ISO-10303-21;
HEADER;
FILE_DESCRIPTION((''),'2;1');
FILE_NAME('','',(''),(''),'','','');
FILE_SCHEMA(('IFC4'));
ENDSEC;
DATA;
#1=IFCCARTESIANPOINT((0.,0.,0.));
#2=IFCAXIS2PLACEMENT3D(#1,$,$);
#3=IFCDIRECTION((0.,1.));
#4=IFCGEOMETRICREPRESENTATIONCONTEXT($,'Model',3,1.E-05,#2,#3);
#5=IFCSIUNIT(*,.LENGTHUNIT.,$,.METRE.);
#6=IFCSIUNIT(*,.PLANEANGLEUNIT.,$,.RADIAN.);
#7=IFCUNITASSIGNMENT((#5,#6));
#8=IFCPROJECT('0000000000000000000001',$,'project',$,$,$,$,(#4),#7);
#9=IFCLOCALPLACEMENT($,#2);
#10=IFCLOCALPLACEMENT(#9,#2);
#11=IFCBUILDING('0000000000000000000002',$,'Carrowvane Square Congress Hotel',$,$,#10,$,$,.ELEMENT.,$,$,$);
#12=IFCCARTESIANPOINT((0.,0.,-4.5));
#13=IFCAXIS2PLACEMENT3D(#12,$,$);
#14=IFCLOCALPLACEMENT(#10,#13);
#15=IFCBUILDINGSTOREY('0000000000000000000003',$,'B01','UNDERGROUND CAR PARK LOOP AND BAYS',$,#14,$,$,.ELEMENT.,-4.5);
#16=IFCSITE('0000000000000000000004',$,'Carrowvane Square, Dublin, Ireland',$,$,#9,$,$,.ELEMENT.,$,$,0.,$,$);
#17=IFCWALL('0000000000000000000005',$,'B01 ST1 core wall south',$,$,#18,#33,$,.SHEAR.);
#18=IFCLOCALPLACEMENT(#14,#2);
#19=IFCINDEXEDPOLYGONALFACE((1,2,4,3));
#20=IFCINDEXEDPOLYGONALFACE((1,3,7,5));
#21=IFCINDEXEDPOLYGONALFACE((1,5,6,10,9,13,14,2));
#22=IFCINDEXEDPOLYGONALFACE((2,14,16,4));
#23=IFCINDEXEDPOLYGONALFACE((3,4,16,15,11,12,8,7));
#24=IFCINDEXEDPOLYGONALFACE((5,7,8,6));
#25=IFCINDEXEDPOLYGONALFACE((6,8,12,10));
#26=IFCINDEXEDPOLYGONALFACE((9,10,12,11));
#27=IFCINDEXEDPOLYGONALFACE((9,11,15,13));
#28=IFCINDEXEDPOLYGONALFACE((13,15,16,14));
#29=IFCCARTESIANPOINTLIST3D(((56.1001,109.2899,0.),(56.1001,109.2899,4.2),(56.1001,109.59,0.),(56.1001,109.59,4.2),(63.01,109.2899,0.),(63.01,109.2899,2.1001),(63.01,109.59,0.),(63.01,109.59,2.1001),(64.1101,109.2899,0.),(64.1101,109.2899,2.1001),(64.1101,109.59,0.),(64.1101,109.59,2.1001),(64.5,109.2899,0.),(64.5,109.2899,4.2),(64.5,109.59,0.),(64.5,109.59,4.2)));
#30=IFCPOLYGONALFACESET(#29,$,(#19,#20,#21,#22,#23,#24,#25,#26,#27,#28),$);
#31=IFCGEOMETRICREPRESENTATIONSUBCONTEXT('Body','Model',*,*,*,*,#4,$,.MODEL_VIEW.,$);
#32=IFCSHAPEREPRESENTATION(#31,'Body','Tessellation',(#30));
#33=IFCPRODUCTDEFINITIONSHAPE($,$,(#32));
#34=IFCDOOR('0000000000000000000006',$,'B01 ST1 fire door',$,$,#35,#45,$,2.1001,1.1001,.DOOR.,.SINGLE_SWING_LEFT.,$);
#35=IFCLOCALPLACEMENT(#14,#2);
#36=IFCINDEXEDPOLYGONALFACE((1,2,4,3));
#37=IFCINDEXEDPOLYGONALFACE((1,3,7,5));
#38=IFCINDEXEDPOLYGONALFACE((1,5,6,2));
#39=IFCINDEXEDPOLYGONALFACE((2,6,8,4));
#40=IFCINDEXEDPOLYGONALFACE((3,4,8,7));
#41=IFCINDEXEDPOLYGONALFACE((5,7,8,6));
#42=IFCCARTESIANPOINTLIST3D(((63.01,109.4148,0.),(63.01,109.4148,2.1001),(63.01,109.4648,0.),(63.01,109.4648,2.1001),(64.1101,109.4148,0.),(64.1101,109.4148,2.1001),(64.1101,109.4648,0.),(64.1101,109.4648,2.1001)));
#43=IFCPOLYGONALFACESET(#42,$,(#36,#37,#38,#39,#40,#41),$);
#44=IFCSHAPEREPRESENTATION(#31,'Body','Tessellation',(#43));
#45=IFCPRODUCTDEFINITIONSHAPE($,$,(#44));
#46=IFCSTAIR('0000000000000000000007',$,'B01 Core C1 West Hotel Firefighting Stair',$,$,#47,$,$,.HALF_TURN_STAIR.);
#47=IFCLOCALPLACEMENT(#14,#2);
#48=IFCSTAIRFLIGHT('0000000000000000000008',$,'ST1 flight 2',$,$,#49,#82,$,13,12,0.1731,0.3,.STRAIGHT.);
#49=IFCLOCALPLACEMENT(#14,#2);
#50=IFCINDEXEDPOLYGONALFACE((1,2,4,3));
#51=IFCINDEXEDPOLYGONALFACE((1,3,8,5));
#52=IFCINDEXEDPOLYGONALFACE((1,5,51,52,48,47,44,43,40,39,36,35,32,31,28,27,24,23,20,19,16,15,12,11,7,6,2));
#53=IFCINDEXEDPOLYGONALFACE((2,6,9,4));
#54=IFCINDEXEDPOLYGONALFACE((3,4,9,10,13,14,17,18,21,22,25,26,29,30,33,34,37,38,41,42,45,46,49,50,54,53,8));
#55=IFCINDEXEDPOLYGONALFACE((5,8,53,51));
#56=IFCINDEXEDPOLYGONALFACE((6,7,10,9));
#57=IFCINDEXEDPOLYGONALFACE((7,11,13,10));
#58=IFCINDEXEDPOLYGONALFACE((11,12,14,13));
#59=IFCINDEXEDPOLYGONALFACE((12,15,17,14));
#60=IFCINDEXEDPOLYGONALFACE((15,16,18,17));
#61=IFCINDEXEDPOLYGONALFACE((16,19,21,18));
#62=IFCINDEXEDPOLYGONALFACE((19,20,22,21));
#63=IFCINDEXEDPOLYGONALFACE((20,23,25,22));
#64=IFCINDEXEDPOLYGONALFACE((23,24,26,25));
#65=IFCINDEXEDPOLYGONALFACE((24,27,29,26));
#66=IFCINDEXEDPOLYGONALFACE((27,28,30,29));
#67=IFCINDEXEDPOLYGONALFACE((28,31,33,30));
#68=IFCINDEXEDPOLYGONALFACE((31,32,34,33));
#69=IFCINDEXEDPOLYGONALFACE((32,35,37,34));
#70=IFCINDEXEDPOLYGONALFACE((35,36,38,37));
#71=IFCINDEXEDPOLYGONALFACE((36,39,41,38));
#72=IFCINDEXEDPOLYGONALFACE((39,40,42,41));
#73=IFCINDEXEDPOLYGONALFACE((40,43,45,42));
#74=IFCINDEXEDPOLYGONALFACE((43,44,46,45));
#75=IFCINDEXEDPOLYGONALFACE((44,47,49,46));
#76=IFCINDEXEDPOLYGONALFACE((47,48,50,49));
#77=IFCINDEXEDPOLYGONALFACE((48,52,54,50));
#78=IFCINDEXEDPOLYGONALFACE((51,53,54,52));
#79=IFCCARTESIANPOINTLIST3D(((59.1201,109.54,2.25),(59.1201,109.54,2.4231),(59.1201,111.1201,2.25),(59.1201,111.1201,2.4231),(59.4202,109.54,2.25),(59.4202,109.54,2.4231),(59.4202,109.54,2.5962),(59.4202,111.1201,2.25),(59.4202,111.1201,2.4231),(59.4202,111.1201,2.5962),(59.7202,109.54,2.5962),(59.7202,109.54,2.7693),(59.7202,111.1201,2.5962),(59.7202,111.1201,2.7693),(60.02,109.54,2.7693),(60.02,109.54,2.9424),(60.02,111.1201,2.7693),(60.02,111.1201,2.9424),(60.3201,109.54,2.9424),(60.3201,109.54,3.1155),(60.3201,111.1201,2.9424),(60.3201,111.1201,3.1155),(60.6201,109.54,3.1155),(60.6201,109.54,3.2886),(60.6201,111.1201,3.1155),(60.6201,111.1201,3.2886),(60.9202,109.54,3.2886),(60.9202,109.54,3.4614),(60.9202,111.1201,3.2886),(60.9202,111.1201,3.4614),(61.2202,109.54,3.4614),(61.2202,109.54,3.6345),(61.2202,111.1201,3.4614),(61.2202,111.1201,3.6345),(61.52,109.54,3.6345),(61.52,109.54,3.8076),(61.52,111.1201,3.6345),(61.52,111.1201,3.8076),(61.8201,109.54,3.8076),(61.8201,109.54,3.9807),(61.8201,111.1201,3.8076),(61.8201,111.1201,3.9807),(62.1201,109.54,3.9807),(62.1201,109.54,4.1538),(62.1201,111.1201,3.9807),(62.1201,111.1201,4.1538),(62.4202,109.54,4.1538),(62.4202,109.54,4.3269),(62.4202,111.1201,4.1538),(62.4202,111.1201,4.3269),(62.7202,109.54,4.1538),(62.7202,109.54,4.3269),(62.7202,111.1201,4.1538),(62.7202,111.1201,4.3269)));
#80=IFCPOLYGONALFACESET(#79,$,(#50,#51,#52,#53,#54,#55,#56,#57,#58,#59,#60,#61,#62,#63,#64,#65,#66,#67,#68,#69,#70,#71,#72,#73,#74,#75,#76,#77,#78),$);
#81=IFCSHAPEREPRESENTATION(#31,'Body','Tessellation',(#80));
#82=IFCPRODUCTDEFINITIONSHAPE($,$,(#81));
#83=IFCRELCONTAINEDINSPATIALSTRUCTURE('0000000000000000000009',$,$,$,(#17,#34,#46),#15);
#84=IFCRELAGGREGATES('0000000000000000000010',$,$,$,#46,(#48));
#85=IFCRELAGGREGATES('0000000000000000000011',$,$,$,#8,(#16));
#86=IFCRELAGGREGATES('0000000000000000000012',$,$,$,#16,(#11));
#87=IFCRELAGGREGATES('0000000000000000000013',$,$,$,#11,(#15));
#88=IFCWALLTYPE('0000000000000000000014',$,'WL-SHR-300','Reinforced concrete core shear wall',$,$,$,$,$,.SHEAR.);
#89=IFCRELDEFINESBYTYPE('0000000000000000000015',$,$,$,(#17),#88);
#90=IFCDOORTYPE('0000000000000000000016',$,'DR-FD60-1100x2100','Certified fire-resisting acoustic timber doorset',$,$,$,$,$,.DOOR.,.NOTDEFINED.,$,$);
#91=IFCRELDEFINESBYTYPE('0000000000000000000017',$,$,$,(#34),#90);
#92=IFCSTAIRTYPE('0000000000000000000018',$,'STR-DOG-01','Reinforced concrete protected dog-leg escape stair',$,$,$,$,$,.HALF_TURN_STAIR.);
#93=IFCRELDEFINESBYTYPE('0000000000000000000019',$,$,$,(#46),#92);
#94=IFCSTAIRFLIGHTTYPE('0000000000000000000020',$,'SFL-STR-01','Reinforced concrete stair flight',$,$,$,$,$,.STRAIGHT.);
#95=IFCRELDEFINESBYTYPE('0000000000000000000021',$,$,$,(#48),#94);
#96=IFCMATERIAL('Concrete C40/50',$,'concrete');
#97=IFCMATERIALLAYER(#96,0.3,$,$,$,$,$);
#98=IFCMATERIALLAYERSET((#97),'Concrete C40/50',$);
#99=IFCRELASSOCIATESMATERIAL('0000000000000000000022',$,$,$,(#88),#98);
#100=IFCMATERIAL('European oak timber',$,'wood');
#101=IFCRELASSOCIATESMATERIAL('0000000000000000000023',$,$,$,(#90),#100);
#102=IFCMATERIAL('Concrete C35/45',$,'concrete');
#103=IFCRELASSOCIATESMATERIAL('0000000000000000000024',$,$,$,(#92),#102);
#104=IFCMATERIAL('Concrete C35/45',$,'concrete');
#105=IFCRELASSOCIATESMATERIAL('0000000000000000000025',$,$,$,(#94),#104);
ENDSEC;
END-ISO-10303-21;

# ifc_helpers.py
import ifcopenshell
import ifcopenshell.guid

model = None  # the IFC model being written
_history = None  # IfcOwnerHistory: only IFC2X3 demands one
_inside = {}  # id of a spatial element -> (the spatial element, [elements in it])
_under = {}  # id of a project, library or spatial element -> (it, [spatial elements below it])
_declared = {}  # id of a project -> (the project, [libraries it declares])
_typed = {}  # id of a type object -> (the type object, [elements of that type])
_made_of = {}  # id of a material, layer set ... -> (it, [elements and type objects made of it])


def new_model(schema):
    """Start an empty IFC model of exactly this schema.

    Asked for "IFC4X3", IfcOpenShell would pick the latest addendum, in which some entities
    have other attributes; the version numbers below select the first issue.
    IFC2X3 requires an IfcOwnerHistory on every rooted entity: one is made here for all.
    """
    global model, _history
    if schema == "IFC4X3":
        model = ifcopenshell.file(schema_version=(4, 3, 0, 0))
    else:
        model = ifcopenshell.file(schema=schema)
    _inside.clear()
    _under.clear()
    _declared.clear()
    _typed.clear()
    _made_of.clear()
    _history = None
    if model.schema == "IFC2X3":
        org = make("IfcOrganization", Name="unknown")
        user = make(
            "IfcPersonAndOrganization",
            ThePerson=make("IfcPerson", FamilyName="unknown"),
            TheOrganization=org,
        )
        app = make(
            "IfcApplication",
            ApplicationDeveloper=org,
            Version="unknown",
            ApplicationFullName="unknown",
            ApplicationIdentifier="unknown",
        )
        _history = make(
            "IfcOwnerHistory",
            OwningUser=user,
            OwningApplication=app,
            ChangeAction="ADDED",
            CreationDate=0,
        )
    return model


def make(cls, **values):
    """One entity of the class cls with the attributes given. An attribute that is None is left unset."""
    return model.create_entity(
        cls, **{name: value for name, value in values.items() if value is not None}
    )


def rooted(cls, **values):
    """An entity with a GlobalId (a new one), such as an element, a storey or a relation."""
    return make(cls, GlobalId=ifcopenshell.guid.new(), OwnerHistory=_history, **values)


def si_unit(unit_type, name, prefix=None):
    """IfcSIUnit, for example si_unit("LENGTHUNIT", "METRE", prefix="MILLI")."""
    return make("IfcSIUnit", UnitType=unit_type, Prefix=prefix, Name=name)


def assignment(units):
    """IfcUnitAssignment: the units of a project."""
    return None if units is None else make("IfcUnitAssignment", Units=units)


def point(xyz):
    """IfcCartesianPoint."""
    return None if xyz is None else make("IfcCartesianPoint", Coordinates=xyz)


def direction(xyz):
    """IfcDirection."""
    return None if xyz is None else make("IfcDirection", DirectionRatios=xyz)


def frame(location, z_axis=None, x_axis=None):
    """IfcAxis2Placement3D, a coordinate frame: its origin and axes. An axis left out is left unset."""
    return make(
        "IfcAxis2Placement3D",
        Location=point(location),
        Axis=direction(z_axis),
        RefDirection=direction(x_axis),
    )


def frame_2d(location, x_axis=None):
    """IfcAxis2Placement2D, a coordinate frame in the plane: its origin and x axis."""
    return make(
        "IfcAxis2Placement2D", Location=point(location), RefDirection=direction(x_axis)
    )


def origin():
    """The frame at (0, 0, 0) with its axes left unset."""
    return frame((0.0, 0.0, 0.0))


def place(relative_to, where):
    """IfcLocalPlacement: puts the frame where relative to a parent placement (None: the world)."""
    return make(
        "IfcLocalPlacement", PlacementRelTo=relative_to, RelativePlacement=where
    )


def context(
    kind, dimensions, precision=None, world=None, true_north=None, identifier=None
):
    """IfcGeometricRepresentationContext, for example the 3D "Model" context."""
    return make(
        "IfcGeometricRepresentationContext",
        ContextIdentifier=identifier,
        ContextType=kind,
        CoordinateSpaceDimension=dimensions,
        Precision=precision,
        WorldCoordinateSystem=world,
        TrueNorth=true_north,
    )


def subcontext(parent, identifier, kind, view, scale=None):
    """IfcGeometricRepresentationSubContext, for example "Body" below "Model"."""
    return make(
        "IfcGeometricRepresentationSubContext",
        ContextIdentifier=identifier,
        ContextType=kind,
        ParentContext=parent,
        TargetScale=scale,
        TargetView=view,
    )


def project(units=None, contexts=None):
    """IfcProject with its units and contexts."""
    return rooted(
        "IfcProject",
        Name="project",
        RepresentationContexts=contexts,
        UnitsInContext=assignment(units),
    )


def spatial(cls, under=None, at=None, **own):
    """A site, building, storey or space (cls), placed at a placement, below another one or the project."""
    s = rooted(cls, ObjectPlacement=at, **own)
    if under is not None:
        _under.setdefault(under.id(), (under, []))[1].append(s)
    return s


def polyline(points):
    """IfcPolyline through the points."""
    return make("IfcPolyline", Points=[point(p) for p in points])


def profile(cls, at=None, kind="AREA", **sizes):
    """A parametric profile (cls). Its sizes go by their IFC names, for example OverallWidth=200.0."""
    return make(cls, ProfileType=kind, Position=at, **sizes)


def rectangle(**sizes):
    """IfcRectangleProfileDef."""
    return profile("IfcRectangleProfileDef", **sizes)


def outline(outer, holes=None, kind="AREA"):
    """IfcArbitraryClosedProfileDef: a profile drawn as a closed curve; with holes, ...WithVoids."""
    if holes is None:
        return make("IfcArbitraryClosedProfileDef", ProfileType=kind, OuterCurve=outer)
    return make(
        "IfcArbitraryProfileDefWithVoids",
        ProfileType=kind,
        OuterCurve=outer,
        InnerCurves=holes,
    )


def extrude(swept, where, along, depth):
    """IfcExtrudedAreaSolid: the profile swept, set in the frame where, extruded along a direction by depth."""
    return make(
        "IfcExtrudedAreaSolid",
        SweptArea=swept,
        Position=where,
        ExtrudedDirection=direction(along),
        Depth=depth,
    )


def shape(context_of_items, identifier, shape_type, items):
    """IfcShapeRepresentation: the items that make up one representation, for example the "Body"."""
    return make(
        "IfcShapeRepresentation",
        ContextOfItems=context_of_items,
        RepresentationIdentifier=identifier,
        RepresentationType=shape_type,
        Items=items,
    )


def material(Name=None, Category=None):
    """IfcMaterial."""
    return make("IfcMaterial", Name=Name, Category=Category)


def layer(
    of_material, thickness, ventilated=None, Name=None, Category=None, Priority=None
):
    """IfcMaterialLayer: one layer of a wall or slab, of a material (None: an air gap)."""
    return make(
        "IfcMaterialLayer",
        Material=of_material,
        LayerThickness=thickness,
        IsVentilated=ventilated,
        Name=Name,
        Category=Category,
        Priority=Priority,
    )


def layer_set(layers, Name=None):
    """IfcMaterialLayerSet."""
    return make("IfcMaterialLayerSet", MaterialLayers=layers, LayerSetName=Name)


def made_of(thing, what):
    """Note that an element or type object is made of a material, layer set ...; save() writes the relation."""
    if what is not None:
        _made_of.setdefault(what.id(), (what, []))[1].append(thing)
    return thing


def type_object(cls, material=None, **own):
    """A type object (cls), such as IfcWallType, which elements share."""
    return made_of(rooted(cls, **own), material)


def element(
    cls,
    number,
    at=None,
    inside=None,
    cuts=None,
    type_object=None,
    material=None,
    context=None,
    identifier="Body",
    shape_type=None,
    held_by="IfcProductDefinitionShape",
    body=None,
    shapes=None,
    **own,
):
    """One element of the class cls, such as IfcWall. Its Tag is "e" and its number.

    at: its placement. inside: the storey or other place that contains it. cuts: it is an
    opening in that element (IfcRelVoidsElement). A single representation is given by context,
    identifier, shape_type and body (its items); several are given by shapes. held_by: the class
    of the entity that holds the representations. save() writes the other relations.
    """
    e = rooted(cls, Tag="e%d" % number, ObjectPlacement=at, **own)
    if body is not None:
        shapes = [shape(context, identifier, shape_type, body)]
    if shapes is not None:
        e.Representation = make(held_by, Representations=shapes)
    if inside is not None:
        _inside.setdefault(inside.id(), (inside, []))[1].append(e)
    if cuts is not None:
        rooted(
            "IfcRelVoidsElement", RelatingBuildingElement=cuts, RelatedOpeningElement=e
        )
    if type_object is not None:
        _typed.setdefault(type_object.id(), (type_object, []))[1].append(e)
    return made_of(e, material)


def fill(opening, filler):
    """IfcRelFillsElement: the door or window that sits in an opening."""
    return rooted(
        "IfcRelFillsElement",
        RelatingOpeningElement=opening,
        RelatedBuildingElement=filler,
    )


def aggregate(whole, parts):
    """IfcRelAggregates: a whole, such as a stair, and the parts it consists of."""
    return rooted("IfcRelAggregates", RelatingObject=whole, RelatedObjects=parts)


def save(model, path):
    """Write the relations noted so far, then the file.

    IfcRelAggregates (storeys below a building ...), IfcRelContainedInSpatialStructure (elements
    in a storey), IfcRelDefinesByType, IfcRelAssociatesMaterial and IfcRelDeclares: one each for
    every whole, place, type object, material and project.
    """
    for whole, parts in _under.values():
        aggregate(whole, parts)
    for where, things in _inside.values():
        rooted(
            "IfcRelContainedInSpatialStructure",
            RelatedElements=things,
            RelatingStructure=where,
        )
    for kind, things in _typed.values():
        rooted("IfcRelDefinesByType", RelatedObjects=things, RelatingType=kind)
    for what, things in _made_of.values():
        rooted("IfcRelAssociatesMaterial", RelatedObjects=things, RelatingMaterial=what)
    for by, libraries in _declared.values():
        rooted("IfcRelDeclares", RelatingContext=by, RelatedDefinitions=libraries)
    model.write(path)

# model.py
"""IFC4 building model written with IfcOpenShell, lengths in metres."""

from ifc_helpers import new_model, si_unit, direction, frame, frame_2d, origin, place, context, subcontext, project, spatial, polyline, rectangle, outline, extrude, material, layer, layer_set, type_object, element, fill, aggregate, save


model = new_model("IFC4")

# Units and contexts
model_context = context("Model", 3, precision=1e-05, world=origin(), true_north=direction((0.0, 1.0)))
body_context = subcontext(model_context, "Body", "Model", "MODEL_VIEW")
ifc_project = project(units=[si_unit("LENGTHUNIT", "METRE"), si_unit("PLANEANGLEUNIT", "RADIAN")], contexts=[model_context])

# Site, building, storey
site_placement = place(None, origin())
site = spatial("IfcSite", under=ifc_project, at=site_placement, Name="Carrowvane Square, Dublin, Ireland", CompositionType="ELEMENT", RefElevation=0.0)
building_placement = place(site_placement, origin())
building = spatial("IfcBuilding", under=site, at=building_placement, Name="Carrowvane Square Congress Hotel", CompositionType="ELEMENT")
storey_placement = place(building_placement, frame((0.0, 0.0, -4.5)))
storey = spatial("IfcBuildingStorey", under=building, at=storey_placement, Name="B01", Description="UNDERGROUND CAR PARK LOOP AND BAYS", CompositionType="ELEMENT", Elevation=-4.5)

# Wall, opening, door
ifc_material_1 = material(Name="Concrete C40/50", Category="concrete")
ifc_layer_1 = layer(ifc_material_1, 0.3)
ifc_layer_set_1 = layer_set([ifc_layer_1], Name="Concrete C40/50")
wall_type_1 = type_object("IfcWallType", Name="WL-SHR-300", Description="Reinforced concrete core shear wall", PredefinedType="SHEAR", material=ifc_layer_set_1)
wall_1_placement = place(storey_placement, frame((56.1001, 109.4399, 0.0), z_axis=(0.0, 0.0, 1.0), x_axis=(1.0, 0.0, 0.0)))
wall_1 = element("IfcWall", 1, at=wall_1_placement, inside=storey, type_object=wall_type_1, Name="B01 ST1 core wall south", PredefinedType="SHEAR", context=body_context, shape_type="SweptSolid", body=[
    extrude(rectangle(XDim=8.3999, YDim=0.3, at=frame_2d((4.2, 0.0))), origin(), (0.0, 0.0, 1.0), 4.2),
])
opening_placement = place(wall_1_placement, frame((6.9099, 0.0, 0.0)))
opening = element("IfcOpeningElement", 2, at=opening_placement, cuts=wall_1, PredefinedType="OPENING", context=body_context, shape_type="SweptSolid", body=[
    extrude(rectangle(XDim=1.1001, YDim=2.1001, at=frame_2d((0.55, 1.05))), frame((0.0, 0.1599, 0.0), z_axis=(0.0, -1.0, 0.0), x_axis=(1.0, 0.0, 0.0)), (0.0, 0.0, 1.0), 0.3201),
])
ifc_material_2 = material(Name="European oak timber", Category="wood")
door_type = type_object("IfcDoorType", Name="DR-FD60-1100x2100", Description="Certified fire-resisting acoustic timber doorset", OperationType="NOTDEFINED", PredefinedType="DOOR", material=ifc_material_2)
door_placement = place(opening_placement, origin())
door = element("IfcDoor", 3, at=door_placement, inside=storey, type_object=door_type, Name="B01 ST1 fire door", OperationType="SINGLE_SWING_LEFT", OverallHeight=2.1001, OverallWidth=1.1001, PredefinedType="DOOR", context=body_context, shape_type="SweptSolid", body=[
    extrude(rectangle(XDim=1.1001, YDim=2.1001, at=frame_2d((0.55, 1.05))), frame((0.0, 0.0249, 0.0), z_axis=(0.0, -1.0, 0.0), x_axis=(1.0, 0.0, 0.0)), (0.0, 0.0, 1.0), 0.05),
])
fill(opening, door)

# Stair, stair flight
ifc_material_3 = material(Name="Concrete C35/45", Category="concrete")
stair_type = type_object("IfcStairType", Name="STR-DOG-01", Description="Reinforced concrete protected dog-leg escape stair", PredefinedType="HALF_TURN_STAIR", material=ifc_material_3)
stair_placement = place(storey_placement, origin())
stair = element("IfcStair", 4, at=stair_placement, inside=storey, type_object=stair_type, Name="B01 Core C1 West Hotel Firefighting Stair", PredefinedType="HALF_TURN_STAIR")
ifc_material_4 = material(Name="Concrete C35/45", Category="concrete")
stair_flight_type = type_object("IfcStairFlightType", Name="SFL-STR-01", Description="Reinforced concrete stair flight", PredefinedType="STRAIGHT", material=ifc_material_4)
stair_flight_placement = place(storey_placement, frame((59.1201, 110.3301, 2.25), z_axis=(0.0, 0.0, 1.0), x_axis=(1.0, 0.0, 0.0)))
stair_flight = element("IfcStairFlight", 5, at=stair_flight_placement, type_object=stair_flight_type, Name="ST1 flight 2", NumberOfRisers=13, NumberOfTreads=12, PredefinedType="STRAIGHT", RiserHeight=0.1731, TreadLength=0.3, context=body_context, shape_type="SweptSolid", body=[
    extrude(outline(polyline([(0.0, 0.0), (0.0, 0.1731), (0.3, 0.1731), (0.3, 0.3462), (0.6001, 0.3462), (0.6001, 0.5193), (0.8999, 0.5193), (0.8999, 0.6924), (1.2, 0.6924), (1.2, 0.8655), (1.5, 0.8655), (1.5, 1.0386), (1.8, 1.0386), (1.8, 1.2114), (2.1001, 1.2114), (2.1001, 1.3845), (2.3999, 1.3845), (2.3999, 1.5576), (2.7, 1.5576), (2.7, 1.7307), (3.0, 1.7307), (3.0, 1.9038), (3.3, 1.9038), (3.3, 2.0769), (3.6001, 2.0769), (3.6001, 2.25), (3.6001, 1.9038), (0.3, 0.0), (0.0, 0.0)])), frame((0.0, 0.79, 0.0), z_axis=(0.0, -1.0, 0.0), x_axis=(1.0, 0.0, 0.0)), (0.0, 0.0, 1.0), 1.5801),
])
aggregate(stair, [stair_flight])

save(model, "model.ifc")
